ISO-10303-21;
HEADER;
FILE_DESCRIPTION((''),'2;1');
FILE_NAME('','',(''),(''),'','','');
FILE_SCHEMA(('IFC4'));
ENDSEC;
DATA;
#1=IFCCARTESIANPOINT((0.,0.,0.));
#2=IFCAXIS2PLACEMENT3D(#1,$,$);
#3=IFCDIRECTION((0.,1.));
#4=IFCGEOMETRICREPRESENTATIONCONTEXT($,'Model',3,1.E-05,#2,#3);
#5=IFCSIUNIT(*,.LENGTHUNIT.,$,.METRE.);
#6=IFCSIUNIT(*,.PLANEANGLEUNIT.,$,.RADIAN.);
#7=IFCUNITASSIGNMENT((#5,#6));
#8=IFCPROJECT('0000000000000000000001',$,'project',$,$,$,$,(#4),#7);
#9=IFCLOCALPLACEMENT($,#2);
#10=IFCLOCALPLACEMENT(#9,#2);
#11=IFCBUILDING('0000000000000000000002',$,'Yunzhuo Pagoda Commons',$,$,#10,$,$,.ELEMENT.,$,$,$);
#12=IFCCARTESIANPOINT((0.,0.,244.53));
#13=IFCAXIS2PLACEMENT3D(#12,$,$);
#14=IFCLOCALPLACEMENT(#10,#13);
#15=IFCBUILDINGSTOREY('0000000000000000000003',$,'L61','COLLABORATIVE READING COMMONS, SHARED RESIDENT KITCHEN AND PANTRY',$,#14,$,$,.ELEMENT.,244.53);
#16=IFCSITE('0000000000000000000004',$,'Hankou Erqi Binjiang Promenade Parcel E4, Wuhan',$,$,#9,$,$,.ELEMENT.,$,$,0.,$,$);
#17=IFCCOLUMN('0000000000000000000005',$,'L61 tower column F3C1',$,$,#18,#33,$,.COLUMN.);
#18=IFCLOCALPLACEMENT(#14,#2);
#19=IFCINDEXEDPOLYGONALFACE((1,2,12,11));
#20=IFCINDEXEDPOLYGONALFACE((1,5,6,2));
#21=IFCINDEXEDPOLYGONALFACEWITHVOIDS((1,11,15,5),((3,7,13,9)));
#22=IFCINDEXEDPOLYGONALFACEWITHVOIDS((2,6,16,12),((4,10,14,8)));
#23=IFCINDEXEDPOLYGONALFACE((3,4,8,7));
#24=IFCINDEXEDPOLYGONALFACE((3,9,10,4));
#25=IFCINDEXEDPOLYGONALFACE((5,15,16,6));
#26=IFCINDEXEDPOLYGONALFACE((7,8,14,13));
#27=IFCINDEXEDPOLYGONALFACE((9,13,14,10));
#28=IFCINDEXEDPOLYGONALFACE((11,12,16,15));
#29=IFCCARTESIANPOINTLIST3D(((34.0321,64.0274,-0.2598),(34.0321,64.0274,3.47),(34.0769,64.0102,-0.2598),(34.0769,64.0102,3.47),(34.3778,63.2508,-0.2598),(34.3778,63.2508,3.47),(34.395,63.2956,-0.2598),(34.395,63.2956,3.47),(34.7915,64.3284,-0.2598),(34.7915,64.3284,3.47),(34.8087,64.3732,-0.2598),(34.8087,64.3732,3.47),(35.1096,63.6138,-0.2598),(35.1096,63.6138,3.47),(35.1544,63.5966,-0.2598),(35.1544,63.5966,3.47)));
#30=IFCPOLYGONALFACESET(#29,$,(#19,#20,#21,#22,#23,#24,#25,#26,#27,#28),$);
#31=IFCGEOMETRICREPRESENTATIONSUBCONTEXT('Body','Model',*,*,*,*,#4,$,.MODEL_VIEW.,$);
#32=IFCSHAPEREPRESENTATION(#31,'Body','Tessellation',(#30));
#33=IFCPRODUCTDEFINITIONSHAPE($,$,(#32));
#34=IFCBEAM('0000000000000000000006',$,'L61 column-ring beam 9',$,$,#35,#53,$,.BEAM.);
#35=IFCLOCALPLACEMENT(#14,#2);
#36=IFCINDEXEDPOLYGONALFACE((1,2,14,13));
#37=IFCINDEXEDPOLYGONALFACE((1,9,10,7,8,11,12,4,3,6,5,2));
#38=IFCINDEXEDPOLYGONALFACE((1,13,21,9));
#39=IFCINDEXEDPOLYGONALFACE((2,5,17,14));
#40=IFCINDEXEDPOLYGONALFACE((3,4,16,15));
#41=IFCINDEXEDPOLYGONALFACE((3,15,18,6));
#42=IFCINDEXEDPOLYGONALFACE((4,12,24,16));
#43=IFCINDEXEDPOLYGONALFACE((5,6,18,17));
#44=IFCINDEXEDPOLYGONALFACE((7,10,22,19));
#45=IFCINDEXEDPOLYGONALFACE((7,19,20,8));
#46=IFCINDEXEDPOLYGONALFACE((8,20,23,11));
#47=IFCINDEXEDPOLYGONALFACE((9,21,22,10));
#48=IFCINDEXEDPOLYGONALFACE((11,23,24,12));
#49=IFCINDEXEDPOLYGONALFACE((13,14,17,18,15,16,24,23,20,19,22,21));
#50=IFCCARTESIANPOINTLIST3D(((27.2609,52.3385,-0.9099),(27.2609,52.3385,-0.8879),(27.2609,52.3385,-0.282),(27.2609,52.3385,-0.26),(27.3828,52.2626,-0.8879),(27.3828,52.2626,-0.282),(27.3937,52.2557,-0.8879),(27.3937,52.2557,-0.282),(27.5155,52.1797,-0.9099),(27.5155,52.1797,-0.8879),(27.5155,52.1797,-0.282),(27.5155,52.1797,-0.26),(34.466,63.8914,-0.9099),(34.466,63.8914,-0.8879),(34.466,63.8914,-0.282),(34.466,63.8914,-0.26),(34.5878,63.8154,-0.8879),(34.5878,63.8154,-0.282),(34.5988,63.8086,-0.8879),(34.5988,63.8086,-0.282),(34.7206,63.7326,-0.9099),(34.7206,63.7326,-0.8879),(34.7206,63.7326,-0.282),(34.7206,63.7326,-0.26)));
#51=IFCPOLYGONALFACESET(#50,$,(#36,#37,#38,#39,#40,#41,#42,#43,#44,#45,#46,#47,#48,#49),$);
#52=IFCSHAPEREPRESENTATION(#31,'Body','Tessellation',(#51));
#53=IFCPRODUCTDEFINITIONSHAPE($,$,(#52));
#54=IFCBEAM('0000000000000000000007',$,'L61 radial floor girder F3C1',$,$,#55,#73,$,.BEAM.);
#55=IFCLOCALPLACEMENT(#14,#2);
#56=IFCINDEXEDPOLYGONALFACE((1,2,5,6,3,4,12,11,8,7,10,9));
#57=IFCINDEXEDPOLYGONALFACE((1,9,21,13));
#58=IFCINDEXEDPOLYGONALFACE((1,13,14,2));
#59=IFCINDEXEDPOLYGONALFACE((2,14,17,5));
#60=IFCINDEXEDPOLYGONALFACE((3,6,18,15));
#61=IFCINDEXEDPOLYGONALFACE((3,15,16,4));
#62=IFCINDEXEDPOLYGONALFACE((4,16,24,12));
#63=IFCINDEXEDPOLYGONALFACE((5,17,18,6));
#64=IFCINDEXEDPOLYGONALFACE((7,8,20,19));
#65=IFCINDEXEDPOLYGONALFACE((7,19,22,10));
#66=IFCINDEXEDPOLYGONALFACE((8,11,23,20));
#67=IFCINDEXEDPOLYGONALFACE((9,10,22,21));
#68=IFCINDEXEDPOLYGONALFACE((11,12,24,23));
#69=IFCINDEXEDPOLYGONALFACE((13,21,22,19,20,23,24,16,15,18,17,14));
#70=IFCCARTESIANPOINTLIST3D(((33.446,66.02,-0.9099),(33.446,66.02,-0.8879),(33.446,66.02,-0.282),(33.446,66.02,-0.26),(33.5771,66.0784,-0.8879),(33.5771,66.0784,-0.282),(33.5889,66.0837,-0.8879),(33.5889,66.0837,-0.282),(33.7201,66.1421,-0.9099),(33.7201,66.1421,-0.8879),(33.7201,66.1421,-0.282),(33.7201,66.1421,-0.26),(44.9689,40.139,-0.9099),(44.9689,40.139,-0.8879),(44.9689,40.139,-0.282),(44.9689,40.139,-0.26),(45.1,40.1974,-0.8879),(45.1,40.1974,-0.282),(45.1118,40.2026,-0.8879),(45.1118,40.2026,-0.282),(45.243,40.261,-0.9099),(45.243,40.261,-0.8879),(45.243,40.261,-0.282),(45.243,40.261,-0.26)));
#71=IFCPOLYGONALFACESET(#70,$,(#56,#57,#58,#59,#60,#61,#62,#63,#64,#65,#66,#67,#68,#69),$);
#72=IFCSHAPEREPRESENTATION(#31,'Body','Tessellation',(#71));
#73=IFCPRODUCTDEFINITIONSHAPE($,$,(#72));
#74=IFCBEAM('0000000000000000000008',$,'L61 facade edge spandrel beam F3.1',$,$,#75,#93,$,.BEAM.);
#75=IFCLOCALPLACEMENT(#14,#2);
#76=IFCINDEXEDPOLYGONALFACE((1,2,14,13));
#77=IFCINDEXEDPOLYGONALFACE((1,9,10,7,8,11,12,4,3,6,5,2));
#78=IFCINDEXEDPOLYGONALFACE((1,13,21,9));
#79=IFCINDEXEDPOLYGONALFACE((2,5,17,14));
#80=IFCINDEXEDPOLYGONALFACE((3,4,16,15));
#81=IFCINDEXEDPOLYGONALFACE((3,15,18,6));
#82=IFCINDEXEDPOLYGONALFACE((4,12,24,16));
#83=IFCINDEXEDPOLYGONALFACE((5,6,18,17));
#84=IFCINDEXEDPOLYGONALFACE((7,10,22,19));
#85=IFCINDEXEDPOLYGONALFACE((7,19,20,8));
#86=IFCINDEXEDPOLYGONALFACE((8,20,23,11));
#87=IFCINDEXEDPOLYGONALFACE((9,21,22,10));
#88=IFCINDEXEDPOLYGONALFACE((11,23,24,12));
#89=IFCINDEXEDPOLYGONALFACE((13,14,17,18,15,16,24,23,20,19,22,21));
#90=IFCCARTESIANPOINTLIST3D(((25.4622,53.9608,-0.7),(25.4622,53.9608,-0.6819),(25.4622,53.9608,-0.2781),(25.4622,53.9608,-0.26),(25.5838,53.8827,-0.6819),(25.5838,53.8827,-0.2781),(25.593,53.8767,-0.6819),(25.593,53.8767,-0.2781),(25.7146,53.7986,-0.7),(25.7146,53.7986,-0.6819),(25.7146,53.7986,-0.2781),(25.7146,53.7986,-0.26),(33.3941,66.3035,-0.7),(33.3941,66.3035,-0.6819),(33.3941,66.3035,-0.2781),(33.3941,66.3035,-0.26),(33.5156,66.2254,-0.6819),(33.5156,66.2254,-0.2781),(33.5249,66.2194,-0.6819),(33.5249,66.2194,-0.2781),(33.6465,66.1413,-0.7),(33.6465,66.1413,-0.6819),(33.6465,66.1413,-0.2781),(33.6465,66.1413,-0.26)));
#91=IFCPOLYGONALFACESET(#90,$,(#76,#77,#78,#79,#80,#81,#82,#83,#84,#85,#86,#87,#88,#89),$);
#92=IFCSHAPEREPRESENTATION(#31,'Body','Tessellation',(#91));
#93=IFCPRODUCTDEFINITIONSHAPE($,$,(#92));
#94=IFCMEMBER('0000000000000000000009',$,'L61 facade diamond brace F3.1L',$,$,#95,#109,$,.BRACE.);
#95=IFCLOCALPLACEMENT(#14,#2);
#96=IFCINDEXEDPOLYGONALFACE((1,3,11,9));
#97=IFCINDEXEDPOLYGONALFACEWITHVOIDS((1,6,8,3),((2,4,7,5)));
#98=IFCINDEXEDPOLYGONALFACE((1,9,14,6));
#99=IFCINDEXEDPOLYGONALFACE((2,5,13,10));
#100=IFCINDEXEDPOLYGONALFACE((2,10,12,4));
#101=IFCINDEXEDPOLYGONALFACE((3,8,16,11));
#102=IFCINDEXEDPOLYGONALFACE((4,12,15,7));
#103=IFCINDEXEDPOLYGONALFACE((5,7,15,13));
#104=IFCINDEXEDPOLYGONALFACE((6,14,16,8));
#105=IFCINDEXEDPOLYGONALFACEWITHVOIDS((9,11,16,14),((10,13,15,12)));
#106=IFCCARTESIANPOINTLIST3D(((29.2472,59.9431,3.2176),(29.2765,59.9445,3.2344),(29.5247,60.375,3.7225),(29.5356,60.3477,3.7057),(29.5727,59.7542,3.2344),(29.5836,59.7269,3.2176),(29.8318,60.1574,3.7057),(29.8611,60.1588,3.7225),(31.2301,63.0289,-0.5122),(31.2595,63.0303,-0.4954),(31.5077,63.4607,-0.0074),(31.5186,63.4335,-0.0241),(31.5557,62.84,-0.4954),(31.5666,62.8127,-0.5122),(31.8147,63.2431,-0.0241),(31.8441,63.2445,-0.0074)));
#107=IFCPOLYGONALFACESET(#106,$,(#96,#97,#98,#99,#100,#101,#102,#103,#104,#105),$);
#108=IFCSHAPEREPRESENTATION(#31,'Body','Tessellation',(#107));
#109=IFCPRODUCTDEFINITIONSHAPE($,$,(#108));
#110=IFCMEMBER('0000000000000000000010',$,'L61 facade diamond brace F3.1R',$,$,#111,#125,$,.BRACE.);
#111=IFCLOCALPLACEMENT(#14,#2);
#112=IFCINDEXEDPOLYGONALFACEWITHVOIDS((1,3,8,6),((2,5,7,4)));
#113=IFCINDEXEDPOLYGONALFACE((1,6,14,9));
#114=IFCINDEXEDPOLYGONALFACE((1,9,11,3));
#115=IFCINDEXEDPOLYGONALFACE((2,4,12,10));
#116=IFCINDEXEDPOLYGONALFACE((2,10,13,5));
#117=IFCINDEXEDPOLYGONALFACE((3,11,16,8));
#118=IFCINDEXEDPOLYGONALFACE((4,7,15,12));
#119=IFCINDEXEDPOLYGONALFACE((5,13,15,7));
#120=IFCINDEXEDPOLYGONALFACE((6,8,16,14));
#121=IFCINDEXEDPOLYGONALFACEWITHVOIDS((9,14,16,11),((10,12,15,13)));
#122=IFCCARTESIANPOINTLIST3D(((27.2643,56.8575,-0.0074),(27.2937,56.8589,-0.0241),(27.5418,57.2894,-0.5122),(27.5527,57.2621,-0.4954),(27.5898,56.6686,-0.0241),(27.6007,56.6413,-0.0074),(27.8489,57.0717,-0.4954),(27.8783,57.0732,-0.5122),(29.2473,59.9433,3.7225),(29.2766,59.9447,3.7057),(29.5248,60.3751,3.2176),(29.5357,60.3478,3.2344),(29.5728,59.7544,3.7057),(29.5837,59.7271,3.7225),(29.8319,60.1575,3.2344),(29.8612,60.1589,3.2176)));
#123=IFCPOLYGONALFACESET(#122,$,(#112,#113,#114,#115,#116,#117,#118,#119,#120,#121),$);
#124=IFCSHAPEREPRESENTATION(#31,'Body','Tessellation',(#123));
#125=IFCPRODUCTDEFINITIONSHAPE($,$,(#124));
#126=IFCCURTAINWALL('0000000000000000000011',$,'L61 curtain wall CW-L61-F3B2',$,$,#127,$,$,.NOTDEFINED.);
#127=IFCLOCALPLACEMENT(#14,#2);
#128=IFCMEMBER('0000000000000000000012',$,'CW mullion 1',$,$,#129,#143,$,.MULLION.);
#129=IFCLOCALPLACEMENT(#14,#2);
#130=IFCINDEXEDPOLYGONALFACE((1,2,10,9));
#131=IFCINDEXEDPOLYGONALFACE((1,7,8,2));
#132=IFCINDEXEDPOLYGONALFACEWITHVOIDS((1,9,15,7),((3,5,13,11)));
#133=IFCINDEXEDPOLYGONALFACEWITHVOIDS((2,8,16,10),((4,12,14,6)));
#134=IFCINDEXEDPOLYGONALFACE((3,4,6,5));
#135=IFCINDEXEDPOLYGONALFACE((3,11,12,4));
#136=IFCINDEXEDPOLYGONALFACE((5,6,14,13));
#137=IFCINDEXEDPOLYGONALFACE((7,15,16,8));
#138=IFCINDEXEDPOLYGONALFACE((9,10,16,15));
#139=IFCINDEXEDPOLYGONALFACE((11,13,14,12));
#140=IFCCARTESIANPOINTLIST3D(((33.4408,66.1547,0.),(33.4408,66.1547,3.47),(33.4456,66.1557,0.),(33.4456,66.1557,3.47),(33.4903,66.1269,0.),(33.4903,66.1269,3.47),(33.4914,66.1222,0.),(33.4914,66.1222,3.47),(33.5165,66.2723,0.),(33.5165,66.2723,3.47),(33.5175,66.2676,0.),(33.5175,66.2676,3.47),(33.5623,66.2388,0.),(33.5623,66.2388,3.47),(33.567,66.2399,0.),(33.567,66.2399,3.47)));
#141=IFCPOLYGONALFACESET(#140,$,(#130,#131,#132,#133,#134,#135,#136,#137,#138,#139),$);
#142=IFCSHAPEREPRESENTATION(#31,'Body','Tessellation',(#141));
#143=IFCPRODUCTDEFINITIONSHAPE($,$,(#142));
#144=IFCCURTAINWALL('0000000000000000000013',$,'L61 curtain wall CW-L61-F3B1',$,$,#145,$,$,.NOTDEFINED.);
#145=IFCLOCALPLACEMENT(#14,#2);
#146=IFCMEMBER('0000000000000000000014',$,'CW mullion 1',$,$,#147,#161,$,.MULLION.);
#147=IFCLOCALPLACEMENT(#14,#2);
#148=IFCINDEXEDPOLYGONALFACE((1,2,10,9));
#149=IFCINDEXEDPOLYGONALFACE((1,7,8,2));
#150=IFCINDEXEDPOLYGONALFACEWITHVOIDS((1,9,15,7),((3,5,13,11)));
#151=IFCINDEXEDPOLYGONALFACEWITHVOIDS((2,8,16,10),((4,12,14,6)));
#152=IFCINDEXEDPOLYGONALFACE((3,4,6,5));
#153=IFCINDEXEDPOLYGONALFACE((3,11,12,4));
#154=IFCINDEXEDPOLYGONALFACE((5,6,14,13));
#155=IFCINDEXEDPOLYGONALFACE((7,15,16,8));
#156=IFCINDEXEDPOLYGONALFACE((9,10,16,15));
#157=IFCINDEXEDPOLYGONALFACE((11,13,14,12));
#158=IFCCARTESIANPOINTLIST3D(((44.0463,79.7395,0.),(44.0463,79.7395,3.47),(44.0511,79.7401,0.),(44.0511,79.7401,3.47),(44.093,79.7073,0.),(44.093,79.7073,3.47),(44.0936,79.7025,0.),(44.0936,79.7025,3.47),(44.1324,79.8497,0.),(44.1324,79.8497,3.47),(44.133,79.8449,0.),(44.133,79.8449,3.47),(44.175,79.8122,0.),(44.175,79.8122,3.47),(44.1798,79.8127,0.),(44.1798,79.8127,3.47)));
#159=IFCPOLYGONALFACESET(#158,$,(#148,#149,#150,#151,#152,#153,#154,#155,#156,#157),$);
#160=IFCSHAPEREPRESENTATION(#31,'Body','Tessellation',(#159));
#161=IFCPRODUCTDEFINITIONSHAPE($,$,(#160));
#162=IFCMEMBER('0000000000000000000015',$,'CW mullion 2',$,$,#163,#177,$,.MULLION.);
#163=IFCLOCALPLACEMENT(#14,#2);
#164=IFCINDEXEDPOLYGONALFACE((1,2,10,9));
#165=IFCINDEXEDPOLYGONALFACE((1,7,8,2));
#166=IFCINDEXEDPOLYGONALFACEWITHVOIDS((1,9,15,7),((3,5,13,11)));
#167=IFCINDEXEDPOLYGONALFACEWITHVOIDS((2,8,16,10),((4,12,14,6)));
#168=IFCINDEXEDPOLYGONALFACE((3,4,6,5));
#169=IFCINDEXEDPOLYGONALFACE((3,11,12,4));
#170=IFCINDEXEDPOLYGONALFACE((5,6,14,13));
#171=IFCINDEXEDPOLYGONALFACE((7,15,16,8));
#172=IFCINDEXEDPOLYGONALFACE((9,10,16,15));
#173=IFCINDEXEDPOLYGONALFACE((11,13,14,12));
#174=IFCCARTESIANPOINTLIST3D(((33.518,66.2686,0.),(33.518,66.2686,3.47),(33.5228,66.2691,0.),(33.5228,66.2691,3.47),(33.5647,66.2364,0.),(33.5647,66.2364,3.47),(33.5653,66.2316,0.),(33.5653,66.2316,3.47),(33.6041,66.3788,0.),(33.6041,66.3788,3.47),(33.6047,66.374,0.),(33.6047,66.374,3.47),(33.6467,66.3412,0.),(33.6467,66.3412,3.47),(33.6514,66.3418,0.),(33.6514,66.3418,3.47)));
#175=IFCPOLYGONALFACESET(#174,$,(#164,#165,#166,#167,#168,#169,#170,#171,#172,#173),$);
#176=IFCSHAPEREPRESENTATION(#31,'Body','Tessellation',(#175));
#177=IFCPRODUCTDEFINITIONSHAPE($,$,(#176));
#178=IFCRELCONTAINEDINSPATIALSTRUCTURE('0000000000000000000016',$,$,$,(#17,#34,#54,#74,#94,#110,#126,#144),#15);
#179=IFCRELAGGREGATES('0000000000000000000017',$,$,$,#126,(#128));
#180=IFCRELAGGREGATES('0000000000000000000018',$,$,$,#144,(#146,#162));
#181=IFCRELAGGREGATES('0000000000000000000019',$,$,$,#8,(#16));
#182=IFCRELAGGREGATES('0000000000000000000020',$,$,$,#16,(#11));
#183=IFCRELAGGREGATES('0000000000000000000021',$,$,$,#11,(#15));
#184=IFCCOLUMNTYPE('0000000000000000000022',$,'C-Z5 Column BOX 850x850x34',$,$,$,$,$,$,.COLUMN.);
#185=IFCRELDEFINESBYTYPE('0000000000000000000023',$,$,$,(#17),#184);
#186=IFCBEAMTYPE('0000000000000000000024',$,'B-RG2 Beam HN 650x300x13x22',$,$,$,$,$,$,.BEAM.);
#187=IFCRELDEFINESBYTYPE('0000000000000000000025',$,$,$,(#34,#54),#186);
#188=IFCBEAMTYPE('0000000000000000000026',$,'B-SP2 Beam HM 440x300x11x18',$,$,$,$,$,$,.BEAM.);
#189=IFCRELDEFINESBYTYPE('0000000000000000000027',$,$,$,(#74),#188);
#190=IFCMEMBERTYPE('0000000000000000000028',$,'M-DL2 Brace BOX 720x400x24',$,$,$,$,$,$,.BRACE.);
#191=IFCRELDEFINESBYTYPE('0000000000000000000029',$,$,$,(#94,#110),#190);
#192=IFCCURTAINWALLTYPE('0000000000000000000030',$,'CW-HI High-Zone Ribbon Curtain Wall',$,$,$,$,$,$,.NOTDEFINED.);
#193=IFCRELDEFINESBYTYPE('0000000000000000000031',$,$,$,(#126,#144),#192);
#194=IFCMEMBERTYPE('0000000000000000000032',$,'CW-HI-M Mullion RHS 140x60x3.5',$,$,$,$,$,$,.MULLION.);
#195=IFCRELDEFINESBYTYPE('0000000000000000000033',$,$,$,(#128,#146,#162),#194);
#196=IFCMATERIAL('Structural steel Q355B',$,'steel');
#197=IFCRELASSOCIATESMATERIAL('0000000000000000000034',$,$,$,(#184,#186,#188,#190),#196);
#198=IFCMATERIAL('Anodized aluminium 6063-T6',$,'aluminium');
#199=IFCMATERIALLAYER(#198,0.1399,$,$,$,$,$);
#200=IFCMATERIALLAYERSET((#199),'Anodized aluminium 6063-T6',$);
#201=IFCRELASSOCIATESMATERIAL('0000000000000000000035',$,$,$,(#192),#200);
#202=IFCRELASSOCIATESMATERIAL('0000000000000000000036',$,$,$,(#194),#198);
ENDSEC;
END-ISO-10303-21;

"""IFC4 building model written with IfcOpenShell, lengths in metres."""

from ifc_helpers import new_model, si_unit, direction, frame, origin, origin_2d, place, context, subcontext, project, spatial, hollow_rectangle, i_section, extrude, source, transform, mapped, material, layer, layer_set, material_profile, profile_set, type_object, element, aggregate, save


model = new_model("IFC4")

# Units and contexts
model_context = context("Model", 3, precision=1e-05, world=origin(), true_north=direction((0.0, 1.0)))
body_context = subcontext(model_context, "Body", "Model", "MODEL_VIEW")
ifc_project = project(units=[si_unit("LENGTHUNIT", "METRE"), si_unit("PLANEANGLEUNIT", "RADIAN")], contexts=[model_context])

# Site, building, storey
site_placement = place(None, origin())
site = spatial("IfcSite", under=ifc_project, at=site_placement, Name="Hankou Erqi Binjiang Promenade Parcel E4, Wuhan", CompositionType="ELEMENT", RefElevation=0.0)
building_placement = place(site_placement, origin())
building = spatial("IfcBuilding", under=site, at=building_placement, Name="Yunzhuo Pagoda Commons", CompositionType="ELEMENT")
storey_placement = place(building_placement, frame((0.0, 0.0, 244.53)))
storey = spatial("IfcBuildingStorey", under=building, at=storey_placement, Name="L61", Description="COLLABORATIVE READING COMMONS, SHARED RESIDENT KITCHEN AND PANTRY", CompositionType="ELEMENT", Elevation=244.53)

# Column
ifc_material_1 = material(Name="Structural steel Q355B", Category="steel")
ifc_material_profile_1 = material_profile(ifc_material_1, hollow_rectangle(XDim=0.8501, YDim=0.8501, WallThickness=0.0339, at=origin_2d()), Name="Structural steel Q355B")
ifc_profile_set_1 = profile_set([ifc_material_profile_1], Name="Structural steel Q355B")
column_type = type_object("IfcColumnType", Name="C-Z5 Column BOX 850x850x34", PredefinedType="COLUMN", material=ifc_profile_set_1)
shared_shape_1 = source(origin(), body_context, "Body", "SweptSolid", [
    extrude(hollow_rectangle(XDim=0.8501, YDim=0.8501, WallThickness=0.0339, at=origin_2d()), origin(), (0.0, 0.0, 1.0), 3.7297),
])
column_placement = place(storey_placement, frame((34.5933, 63.812, -0.2598), z_axis=(0.0, 0.0, 1.0), x_axis=(-0.913545, -0.406737, 0.0)))
element("IfcColumn", 1, at=column_placement, inside=storey, type_object=column_type, Name="L61 tower column F3C1", PredefinedType="COLUMN", context=body_context, shape_type="MappedRepresentation", body=[
    mapped(shared_shape_1, transform((0.0, 0.0, 0.0), scale=1.0)),
])

# Beams
ifc_material_profile_2 = material_profile(ifc_material_1, i_section(OverallWidth=0.3, OverallDepth=0.6499, WebThickness=0.0129, FlangeThickness=0.022, at=origin_2d()), Name="Structural steel Q355B")
ifc_profile_set_2 = profile_set([ifc_material_profile_2], Name="Structural steel Q355B")
beam_type_1 = type_object("IfcBeamType", Name="B-RG2 Beam HN 650x300x13x22", PredefinedType="BEAM", material=ifc_profile_set_2)
shared_shape_2 = source(origin(), body_context, "Body", "SweptSolid", [
    extrude(i_section(OverallWidth=0.3, OverallDepth=0.6499, WebThickness=0.0129, FlangeThickness=0.022, at=origin_2d()), origin(), (0.0, 0.0, 1.0), 13.6155),
])
beam_1_placement = place(storey_placement, frame((34.5933, 63.812, -0.585), z_axis=(-0.529178, -0.848511, 0.0), x_axis=(0.848511, -0.529178, 0.0)))
element("IfcBeam", 2, at=beam_1_placement, inside=storey, type_object=beam_type_1, Name="L61 column-ring beam 9", PredefinedType="BEAM", context=body_context, shape_type="MappedRepresentation", body=[
    mapped(shared_shape_2, transform((0.0, 0.0, 0.0), scale=1.0)),
])
shared_shape_3 = source(origin(), body_context, "Body", "SweptSolid", [
    extrude(i_section(OverallWidth=0.3, OverallDepth=0.6499, WebThickness=0.0129, FlangeThickness=0.022, at=origin_2d()), origin(), (0.0, 0.0, 1.0), 28.3303),
])
beam_2_placement = place(storey_placement, frame((33.583, 66.0811, -0.585), z_axis=(0.406735, -0.913546, 0.0), x_axis=(0.913546, 0.406735, 0.0)))
element("IfcBeam", 3, at=beam_2_placement, inside=storey, type_object=beam_type_1, Name="L61 radial floor girder F3C1", PredefinedType="BEAM", context=body_context, shape_type="MappedRepresentation", body=[
    mapped(shared_shape_3, transform((0.0, 0.0, 0.0), scale=1.0)),
])
ifc_material_profile_3 = material_profile(ifc_material_1, i_section(OverallWidth=0.3, OverallDepth=0.4399, WebThickness=0.011, FlangeThickness=0.0181, at=origin_2d()), Name="Structural steel Q355B")
ifc_profile_set_3 = profile_set([ifc_material_profile_3], Name="Structural steel Q355B")
beam_type_2 = type_object("IfcBeamType", Name="B-SP2 Beam HM 440x300x11x18", PredefinedType="BEAM", material=ifc_profile_set_3)
shared_shape_4 = source(origin(), body_context, "Body", "SweptSolid", [
    extrude(i_section(OverallWidth=0.3, OverallDepth=0.4399, WebThickness=0.011, FlangeThickness=0.0181, at=origin_2d()), origin(), (0.0, 0.0, 1.0), 14.6716),
])
beam_3_placement = place(storey_placement, frame((33.5203, 66.2224, -0.48), z_axis=(-0.540625, -0.841264, 0.0), x_axis=(0.841264, -0.540625, 0.0)))
element("IfcBeam", 4, at=beam_3_placement, inside=storey, type_object=beam_type_2, Name="L61 facade edge spandrel beam F3.1", PredefinedType="BEAM", context=body_context, shape_type="MappedRepresentation", body=[
    mapped(shared_shape_4, transform((0.0, 0.0, 0.0), scale=1.0)),
])

# Members
ifc_material_profile_4 = material_profile(ifc_material_1, hollow_rectangle(XDim=0.3999, YDim=0.72, WallThickness=0.0239, at=origin_2d()), Name="Structural steel Q355B")
ifc_profile_set_4 = profile_set([ifc_material_profile_4], Name="Structural steel Q355B")
member_type_1 = type_object("IfcMemberType", Name="M-DL2 Brace BOX 720x400x24", PredefinedType="BRACE", material=ifc_profile_set_4)
shared_shape_5 = source(origin(), body_context, "Body", "SweptSolid", [
    extrude(hollow_rectangle(XDim=0.3999, YDim=0.72, WallThickness=0.0239, at=origin_2d()), origin(), (0.0, 0.0, 1.0), 5.2312),
])
for number, where, z_axis, x_axis, name in (
    (5, (31.5371, 63.1367, -0.2598), (-0.379062, -0.589875, 0.712993), (0.841271, -0.540613, 0.0), "L61 facade diamond brace F3.1L"),
    (6, (27.5713, 56.9653, -0.2598), (0.379062, 0.589875, 0.712993), (-0.841271, 0.540613, 0.0), "L61 facade diamond brace F3.1R"),
):
    element("IfcMember", number, at=place(storey_placement, frame(where, z_axis=z_axis, x_axis=x_axis)), inside=storey, type_object=member_type_1, Name=name, PredefinedType="BRACE", context=body_context, shape_type="MappedRepresentation", body=[
        mapped(shared_shape_5, transform((0.0, 0.0, 0.0), scale=1.0)),
    ])

# Curtain wall, member
ifc_material_2 = material(Name="Anodized aluminium 6063-T6", Category="aluminium")
ifc_layer_1 = layer(ifc_material_2, 0.1399)
ifc_layer_set_1 = layer_set([ifc_layer_1], Name="Anodized aluminium 6063-T6")
curtain_wall_type = type_object("IfcCurtainWallType", Name="CW-HI High-Zone Ribbon Curtain Wall", PredefinedType="NOTDEFINED", material=ifc_layer_set_1)
curtain_wall_1_placement = place(storey_placement, origin())
curtain_wall_1 = element("IfcCurtainWall", 7, at=curtain_wall_1_placement, inside=storey, type_object=curtain_wall_type, Name="L61 curtain wall CW-L61-F3B2", PredefinedType="NOTDEFINED")
ifc_material_profile_5 = material_profile(ifc_material_2, hollow_rectangle(XDim=0.0601, YDim=0.1399, WallThickness=0.0034, at=origin_2d()), Name="Anodized aluminium 6063-T6")
ifc_profile_set_5 = profile_set([ifc_material_profile_5], Name="Anodized aluminium 6063-T6")
member_type_2 = type_object("IfcMemberType", Name="CW-HI-M Mullion RHS 140x60x3.5", PredefinedType="MULLION", material=ifc_profile_set_5)
shared_shape_6 = source(origin(), body_context, "Body", "SweptSolid", [
    extrude(hollow_rectangle(XDim=0.0601, YDim=0.1399, WallThickness=0.0034, at=origin_2d()), origin(), (0.0, 0.0, 1.0), 3.47),
])
member_1_placement = place(storey_placement, frame((33.5039, 66.1973, 0.0), z_axis=(0.0, 0.0, 1.0), x_axis=(0.841269, -0.540617, 0.0)))
member_1 = element("IfcMember", 8, at=member_1_placement, type_object=member_type_2, Name="CW mullion 1", PredefinedType="MULLION", context=body_context, shape_type="MappedRepresentation", body=[
    mapped(shared_shape_6, transform((0.0, 0.0, 0.0), scale=1.0)),
])

# Curtain wall, members
curtain_wall_2_placement = place(storey_placement, origin())
curtain_wall_2 = element("IfcCurtainWall", 9, at=curtain_wall_2_placement, inside=storey, type_object=curtain_wall_type, Name="L61 curtain wall CW-L61-F3B1", PredefinedType="NOTDEFINED")
member_2_placement = place(storey_placement, frame((44.113, 79.7761, 0.0), z_axis=(0.0, 0.0, 1.0), x_axis=(0.787911, -0.615789, 0.0)))
member_2 = element("IfcMember", 10, at=member_2_placement, type_object=member_type_2, Name="CW mullion 1", PredefinedType="MULLION", context=body_context, shape_type="MappedRepresentation", body=[
    mapped(shared_shape_6, transform((0.0, 0.0, 0.0), scale=1.0)),
])
member_3_placement = place(storey_placement, frame((33.5847, 66.3052, 0.0), z_axis=(0.0, 0.0, 1.0), x_axis=(0.787911, -0.615789, 0.0)))
member_3 = element("IfcMember", 11, at=member_3_placement, type_object=member_type_2, Name="CW mullion 2", PredefinedType="MULLION", context=body_context, shape_type="MappedRepresentation", body=[
    mapped(shared_shape_6, transform((0.0, 0.0, 0.0), scale=1.0)),
])

aggregate(curtain_wall_1, [member_1])
aggregate(curtain_wall_2, [member_2, member_3])

save(model, "model.ifc")
